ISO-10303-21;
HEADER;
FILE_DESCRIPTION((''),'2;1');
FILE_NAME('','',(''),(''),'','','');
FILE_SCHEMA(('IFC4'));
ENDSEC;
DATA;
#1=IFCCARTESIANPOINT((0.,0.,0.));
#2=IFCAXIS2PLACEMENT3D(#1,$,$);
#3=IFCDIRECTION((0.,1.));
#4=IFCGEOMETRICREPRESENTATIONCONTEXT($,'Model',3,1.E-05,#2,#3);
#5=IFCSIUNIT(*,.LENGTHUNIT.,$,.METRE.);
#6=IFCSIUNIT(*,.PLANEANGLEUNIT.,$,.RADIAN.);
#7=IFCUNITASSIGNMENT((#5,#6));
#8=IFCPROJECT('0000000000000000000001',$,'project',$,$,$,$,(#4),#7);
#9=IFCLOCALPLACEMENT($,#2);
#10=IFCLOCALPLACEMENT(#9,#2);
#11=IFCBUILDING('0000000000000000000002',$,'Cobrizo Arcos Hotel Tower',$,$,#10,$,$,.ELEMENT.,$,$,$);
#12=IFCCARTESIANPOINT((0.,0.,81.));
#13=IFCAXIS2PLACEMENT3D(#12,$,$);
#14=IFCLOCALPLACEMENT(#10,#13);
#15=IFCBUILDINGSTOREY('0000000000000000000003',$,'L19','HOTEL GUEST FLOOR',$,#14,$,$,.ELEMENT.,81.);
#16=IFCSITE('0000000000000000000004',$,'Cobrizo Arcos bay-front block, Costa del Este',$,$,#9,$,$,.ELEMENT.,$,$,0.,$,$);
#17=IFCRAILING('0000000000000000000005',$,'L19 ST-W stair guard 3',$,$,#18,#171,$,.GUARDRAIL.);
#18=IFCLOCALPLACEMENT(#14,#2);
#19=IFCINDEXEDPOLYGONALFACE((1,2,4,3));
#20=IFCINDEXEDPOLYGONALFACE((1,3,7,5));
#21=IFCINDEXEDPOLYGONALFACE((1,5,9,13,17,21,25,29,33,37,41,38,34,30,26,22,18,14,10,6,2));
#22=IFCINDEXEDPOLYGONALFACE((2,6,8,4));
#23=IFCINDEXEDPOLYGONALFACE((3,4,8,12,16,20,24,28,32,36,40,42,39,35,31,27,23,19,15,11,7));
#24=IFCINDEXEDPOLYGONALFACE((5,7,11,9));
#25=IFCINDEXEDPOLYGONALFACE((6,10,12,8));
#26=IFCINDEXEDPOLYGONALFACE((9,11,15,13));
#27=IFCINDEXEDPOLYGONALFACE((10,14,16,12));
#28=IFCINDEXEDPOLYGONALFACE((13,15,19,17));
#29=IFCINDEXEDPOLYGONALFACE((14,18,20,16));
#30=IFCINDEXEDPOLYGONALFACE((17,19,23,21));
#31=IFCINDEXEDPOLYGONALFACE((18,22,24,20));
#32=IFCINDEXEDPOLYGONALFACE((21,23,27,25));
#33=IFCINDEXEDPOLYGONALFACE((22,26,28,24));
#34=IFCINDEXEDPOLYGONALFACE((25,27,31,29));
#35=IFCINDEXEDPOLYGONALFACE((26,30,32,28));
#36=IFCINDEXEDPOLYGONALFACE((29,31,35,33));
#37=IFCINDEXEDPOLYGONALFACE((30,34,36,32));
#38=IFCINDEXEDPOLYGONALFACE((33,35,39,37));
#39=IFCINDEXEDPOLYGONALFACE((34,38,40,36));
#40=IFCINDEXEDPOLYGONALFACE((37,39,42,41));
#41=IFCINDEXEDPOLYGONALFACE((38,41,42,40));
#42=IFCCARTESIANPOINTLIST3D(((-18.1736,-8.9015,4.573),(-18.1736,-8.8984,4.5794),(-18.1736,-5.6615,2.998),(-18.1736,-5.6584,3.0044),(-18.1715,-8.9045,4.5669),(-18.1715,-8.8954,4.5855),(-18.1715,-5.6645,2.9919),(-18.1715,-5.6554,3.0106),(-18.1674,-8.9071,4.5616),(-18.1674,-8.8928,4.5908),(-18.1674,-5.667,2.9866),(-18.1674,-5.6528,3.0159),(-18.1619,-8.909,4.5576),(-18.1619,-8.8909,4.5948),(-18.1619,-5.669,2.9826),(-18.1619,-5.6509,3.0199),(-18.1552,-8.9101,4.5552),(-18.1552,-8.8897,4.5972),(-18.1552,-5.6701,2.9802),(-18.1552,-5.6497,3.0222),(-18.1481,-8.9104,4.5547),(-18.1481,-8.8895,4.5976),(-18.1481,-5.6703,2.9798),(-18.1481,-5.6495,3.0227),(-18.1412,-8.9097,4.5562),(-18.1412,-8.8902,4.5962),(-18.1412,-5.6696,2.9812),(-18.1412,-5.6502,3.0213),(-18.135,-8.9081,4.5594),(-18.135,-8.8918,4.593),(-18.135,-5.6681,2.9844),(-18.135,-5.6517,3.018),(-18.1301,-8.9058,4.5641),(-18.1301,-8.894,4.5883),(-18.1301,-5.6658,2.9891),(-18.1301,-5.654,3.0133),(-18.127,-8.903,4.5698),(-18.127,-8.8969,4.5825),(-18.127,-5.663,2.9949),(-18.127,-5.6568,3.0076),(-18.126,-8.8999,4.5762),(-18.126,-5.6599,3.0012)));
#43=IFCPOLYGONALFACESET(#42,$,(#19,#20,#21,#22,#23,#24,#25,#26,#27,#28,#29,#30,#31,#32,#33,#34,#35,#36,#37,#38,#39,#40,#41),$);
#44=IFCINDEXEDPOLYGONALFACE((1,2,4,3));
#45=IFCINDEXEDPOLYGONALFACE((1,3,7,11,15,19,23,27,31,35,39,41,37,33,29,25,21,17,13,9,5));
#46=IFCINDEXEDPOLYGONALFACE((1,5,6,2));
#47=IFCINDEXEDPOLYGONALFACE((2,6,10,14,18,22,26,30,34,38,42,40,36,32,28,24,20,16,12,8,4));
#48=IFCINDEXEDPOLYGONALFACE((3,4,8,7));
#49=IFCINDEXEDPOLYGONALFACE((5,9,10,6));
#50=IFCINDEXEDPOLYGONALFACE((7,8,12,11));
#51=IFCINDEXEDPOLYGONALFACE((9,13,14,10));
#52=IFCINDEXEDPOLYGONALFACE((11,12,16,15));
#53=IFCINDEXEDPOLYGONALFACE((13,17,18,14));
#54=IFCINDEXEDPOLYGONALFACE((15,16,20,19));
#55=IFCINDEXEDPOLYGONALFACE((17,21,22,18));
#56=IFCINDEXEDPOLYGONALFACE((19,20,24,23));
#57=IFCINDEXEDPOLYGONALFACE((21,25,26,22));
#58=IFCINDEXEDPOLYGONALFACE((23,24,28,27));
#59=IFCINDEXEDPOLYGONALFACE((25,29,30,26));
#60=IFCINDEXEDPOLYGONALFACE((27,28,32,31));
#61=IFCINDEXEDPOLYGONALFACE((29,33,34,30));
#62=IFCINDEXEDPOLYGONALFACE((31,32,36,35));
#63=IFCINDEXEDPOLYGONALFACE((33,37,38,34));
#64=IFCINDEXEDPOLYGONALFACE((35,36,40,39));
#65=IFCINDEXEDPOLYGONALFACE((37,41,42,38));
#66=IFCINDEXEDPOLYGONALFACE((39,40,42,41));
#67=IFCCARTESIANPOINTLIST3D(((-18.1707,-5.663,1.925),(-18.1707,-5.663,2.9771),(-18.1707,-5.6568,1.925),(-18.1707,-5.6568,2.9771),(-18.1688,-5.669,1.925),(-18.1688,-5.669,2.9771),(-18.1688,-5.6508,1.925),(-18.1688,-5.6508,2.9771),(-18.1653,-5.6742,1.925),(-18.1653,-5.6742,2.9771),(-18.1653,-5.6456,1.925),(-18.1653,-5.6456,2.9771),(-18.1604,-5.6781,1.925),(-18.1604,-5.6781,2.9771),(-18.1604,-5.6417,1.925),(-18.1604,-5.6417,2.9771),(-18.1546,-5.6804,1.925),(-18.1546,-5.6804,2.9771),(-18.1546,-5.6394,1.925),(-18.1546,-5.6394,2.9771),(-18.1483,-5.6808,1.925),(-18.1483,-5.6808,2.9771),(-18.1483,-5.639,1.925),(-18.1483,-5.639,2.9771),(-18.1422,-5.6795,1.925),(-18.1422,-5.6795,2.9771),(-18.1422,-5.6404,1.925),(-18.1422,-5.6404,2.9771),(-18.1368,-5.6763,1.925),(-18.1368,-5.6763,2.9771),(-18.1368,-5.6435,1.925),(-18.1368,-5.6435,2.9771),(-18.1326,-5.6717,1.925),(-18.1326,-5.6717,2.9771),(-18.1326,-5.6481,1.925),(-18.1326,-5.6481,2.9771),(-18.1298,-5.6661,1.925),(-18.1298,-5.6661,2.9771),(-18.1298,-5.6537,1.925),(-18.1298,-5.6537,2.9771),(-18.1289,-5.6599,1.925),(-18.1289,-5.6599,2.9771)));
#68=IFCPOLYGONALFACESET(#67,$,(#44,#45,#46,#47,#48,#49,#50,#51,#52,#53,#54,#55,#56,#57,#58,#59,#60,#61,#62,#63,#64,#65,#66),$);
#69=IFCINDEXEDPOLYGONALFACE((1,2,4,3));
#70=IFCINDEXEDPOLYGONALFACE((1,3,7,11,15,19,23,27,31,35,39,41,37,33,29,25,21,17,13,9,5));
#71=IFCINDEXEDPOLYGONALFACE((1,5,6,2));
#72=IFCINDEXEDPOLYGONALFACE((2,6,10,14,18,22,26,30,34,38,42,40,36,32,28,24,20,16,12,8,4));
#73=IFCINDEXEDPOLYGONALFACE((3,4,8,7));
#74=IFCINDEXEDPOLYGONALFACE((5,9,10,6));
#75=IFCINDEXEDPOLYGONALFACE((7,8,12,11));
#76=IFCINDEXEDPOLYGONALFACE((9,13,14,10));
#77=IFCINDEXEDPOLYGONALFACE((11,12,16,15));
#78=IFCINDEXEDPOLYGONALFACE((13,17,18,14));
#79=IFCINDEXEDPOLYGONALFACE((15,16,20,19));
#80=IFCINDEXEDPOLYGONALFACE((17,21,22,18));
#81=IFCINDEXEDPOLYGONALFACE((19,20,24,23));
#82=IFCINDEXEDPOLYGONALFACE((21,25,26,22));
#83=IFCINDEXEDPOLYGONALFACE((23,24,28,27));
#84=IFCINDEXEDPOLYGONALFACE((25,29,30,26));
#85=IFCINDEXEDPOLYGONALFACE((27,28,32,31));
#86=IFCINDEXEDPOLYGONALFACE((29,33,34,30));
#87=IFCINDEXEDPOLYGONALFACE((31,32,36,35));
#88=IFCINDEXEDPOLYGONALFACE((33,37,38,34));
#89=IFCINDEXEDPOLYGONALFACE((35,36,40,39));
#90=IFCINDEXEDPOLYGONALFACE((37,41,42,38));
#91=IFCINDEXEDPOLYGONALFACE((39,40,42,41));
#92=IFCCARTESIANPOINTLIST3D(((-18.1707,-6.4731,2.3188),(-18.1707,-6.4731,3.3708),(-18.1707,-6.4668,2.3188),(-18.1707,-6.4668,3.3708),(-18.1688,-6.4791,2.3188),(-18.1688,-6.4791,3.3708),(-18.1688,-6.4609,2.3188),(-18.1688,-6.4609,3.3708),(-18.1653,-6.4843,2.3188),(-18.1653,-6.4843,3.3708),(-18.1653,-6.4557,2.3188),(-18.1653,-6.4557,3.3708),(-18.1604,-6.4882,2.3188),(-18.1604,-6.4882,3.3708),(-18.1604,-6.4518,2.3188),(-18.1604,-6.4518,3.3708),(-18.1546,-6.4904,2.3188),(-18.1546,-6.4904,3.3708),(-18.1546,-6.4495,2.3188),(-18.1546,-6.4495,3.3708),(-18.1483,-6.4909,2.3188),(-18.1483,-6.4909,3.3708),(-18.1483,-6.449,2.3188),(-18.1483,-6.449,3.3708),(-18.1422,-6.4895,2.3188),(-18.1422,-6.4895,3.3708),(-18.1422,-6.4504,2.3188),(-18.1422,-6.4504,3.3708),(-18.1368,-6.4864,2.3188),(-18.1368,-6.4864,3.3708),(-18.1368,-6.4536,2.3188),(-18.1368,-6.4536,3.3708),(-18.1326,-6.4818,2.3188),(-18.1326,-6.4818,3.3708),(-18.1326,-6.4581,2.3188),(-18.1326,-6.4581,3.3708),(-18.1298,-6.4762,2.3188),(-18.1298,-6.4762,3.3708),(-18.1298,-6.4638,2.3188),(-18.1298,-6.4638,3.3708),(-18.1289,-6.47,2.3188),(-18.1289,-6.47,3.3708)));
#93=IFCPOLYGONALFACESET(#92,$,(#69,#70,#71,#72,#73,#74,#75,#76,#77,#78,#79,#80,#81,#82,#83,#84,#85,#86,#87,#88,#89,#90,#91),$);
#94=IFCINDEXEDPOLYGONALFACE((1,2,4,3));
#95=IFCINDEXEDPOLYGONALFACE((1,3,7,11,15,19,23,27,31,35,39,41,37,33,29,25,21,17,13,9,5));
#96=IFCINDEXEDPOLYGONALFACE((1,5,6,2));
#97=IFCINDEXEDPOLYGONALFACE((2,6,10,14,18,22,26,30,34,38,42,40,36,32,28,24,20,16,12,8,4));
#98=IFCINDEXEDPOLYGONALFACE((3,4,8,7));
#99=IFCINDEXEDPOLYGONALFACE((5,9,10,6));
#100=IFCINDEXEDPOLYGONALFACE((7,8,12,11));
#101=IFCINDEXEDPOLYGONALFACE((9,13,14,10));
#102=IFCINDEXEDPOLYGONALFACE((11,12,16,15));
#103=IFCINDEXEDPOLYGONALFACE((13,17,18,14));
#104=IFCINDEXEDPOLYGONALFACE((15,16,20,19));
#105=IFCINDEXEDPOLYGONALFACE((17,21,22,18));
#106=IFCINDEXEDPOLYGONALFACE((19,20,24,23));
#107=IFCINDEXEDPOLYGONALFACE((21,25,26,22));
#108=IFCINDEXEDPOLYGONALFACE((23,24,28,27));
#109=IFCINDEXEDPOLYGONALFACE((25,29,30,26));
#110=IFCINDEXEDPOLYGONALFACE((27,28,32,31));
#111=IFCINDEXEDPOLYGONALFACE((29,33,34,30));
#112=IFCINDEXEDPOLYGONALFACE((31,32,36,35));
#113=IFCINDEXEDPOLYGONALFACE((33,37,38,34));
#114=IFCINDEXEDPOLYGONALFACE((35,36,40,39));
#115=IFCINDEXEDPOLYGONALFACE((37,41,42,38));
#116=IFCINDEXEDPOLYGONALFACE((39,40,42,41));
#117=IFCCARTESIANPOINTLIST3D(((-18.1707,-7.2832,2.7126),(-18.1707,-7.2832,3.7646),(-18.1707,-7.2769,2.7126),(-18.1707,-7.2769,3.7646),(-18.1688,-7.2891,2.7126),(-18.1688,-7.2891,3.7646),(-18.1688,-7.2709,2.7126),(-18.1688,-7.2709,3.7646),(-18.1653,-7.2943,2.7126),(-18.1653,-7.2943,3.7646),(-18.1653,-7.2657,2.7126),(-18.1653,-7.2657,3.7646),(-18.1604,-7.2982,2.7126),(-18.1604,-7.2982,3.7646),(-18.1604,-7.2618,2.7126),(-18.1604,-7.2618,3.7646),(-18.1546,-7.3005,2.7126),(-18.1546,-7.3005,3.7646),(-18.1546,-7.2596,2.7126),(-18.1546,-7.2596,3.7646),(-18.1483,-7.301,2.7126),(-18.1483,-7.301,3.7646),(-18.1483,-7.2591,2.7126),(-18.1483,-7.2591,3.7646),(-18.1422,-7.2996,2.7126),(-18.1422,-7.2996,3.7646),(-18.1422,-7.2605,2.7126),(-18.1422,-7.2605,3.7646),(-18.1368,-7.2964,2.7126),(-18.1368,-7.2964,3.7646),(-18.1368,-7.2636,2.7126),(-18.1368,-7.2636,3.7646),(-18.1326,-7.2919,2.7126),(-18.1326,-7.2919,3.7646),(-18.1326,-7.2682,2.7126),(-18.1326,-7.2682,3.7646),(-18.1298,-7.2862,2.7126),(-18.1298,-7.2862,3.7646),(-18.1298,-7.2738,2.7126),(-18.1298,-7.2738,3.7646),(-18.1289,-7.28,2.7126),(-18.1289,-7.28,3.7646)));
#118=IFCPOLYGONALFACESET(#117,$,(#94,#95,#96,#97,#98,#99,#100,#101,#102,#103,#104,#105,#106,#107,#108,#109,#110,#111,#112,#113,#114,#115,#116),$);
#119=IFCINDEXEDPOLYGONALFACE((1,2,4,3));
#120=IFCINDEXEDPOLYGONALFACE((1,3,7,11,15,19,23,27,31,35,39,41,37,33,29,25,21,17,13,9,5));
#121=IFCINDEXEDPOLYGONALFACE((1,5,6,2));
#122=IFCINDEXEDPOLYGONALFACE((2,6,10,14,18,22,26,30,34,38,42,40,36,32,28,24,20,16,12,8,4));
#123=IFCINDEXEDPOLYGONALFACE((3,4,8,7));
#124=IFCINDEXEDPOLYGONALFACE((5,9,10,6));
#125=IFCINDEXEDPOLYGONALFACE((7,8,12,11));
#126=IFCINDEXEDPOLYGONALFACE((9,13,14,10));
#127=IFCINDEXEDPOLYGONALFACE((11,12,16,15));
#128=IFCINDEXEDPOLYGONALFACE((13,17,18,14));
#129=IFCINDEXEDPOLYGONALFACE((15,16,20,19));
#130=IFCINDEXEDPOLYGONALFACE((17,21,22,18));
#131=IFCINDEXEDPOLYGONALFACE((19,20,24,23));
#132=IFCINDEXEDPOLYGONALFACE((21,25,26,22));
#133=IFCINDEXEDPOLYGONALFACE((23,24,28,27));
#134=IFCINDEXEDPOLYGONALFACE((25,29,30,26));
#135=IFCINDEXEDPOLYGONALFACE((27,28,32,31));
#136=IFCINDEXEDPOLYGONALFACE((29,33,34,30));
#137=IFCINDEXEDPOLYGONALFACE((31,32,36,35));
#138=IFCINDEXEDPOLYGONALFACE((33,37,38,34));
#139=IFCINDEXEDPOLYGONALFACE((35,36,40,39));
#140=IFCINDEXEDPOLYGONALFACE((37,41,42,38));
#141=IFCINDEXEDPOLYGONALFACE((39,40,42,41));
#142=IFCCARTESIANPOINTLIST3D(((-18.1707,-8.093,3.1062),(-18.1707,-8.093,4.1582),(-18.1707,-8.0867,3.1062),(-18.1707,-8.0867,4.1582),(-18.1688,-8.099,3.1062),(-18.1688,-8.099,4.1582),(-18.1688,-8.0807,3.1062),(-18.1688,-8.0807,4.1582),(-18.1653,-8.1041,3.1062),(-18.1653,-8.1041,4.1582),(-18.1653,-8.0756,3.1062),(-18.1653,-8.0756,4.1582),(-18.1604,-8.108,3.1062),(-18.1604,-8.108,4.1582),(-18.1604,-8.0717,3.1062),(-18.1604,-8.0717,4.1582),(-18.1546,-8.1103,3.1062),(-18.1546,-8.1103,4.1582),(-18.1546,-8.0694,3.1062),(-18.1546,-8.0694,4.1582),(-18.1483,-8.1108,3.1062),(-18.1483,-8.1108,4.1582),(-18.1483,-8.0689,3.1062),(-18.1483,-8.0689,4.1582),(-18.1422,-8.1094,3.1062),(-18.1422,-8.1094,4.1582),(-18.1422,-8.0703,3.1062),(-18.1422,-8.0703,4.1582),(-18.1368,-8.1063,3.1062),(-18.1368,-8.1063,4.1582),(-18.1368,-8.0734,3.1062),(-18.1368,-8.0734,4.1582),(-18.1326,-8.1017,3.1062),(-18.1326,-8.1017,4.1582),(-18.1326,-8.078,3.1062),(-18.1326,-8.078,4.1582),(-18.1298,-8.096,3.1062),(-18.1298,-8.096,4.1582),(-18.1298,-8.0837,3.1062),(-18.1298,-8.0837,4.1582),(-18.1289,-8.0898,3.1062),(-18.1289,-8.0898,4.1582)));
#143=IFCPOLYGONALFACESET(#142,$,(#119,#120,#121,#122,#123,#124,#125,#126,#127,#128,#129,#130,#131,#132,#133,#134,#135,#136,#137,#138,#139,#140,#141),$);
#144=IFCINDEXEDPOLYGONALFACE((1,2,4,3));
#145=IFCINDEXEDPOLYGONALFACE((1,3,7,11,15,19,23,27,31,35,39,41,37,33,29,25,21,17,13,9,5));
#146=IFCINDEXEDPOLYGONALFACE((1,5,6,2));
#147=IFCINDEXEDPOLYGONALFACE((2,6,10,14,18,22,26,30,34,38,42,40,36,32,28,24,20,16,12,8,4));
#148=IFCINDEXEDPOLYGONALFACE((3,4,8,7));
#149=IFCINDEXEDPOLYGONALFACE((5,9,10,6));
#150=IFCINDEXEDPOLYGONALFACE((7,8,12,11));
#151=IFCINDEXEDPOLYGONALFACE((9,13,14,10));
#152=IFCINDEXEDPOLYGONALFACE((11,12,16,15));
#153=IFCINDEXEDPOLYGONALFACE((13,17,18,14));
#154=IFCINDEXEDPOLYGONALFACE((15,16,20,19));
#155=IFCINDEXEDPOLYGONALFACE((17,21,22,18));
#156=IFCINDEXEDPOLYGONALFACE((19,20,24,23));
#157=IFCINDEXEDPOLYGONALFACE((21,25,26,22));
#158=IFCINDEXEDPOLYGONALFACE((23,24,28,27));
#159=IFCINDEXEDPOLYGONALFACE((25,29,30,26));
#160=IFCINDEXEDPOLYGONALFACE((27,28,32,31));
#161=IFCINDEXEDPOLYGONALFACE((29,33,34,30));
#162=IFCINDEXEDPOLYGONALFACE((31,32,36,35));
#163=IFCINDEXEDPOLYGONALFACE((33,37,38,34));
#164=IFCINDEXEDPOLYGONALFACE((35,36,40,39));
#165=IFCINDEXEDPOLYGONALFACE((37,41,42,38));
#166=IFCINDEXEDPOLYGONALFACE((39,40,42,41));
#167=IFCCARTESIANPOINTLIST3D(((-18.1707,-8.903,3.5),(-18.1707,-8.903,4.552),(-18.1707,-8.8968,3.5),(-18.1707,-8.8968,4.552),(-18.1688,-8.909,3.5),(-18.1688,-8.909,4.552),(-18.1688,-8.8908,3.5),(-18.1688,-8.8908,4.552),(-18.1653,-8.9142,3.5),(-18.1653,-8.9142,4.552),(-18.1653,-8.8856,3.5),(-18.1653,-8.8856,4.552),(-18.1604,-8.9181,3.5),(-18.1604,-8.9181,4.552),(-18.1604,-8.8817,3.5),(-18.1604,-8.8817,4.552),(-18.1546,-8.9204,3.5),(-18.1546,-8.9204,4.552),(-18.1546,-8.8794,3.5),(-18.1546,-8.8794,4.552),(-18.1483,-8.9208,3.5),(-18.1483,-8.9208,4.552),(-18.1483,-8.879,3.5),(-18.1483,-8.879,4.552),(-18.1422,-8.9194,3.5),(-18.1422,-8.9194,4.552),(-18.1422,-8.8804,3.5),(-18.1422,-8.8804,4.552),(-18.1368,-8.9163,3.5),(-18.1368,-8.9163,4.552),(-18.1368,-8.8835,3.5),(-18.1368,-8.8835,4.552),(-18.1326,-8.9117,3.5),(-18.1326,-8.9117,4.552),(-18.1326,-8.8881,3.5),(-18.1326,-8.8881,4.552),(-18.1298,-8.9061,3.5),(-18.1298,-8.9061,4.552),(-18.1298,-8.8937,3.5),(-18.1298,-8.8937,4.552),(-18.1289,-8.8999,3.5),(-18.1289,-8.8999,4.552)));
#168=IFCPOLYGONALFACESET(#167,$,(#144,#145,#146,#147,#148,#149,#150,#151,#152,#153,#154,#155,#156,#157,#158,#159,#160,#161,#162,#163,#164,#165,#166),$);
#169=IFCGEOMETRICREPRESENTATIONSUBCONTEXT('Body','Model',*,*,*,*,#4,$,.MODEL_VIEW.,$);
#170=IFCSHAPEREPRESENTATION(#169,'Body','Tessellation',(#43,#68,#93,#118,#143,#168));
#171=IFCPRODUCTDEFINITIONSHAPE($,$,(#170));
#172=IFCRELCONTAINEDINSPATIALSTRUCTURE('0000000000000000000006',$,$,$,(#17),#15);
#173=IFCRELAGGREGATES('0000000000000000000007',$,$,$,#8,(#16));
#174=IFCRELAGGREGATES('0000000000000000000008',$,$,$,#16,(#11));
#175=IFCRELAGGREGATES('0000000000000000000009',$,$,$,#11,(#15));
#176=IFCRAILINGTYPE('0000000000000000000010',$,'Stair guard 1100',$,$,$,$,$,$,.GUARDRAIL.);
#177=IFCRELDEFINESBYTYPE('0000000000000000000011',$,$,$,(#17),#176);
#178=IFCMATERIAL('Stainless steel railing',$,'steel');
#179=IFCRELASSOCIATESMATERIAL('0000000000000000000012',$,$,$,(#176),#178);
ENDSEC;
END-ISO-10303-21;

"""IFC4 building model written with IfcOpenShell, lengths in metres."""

from ifc_helpers import new_model, si_unit, direction, frame, origin, origin_2d, place, context, subcontext, project, spatial, circle, extrude, material, type_object, element, save


model = new_model("IFC4")

# Units and contexts
model_context = context("Model", 3, precision=1e-05, world=origin(), true_north=direction((0.0, 1.0)))
body_context = subcontext(model_context, "Body", "Model", "MODEL_VIEW")
ifc_project = project(units=[si_unit("LENGTHUNIT", "METRE"), si_unit("PLANEANGLEUNIT", "RADIAN")], contexts=[model_context])

# Site, building, storey
site_placement = place(None, origin())
site = spatial("IfcSite", under=ifc_project, at=site_placement, Name="Cobrizo Arcos bay-front block, Costa del Este", CompositionType="ELEMENT", RefElevation=0.0)
building_placement = place(site_placement, origin())
building = spatial("IfcBuilding", under=site, at=building_placement, Name="Cobrizo Arcos Hotel Tower", CompositionType="ELEMENT")
storey_placement = place(building_placement, frame((0.0, 0.0, 81.0)))
storey = spatial("IfcBuildingStorey", under=building, at=storey_placement, Name="L19", Description="HOTEL GUEST FLOOR", CompositionType="ELEMENT", Elevation=81.0)

# Railing
ifc_material_1 = material(Name="Stainless steel railing", Category="steel")
railing_type_1 = type_object("IfcRailingType", Name="Stair guard 1100", PredefinedType="GUARDRAIL", material=ifc_material_1)
railing_1_placement = place(storey_placement, frame((-18.1499, -5.6599, 1.925)))
element("IfcRailing", 1, at=railing_1_placement, inside=storey, type_object=railing_type_1, Name="L19 ST-W stair guard 3", PredefinedType="GUARDRAIL", context=body_context, shape_type="SweptSolid", body=[
    extrude(circle(Radius=0.0239, at=origin_2d()), frame((0.0, 0.0, 1.0762), z_axis=(0.0, -0.899373, 0.437183), x_axis=(1.0, 0.0, 0.0)), (0.0, 0.0, 1.0), 3.6025),
    extrude(circle(Radius=0.021, at=origin_2d()), origin(), (0.0, 0.0, 1.0), 1.052),
    extrude(circle(Radius=0.021, at=origin_2d()), frame((0.0, -0.8101, 0.3938)), (0.0, 0.0, 1.0), 1.052),
    extrude(circle(Radius=0.021, at=origin_2d()), frame((0.0, -1.6201, 0.7876)), (0.0, 0.0, 1.0), 1.052),
    extrude(circle(Radius=0.021, at=origin_2d()), frame((0.0, -2.4299, 1.1812)), (0.0, 0.0, 1.0), 1.052),
    extrude(circle(Radius=0.021, at=origin_2d()), frame((0.0, -3.24, 1.575)), (0.0, 0.0, 1.0), 1.052),
])

save(model, "model.ifc")
